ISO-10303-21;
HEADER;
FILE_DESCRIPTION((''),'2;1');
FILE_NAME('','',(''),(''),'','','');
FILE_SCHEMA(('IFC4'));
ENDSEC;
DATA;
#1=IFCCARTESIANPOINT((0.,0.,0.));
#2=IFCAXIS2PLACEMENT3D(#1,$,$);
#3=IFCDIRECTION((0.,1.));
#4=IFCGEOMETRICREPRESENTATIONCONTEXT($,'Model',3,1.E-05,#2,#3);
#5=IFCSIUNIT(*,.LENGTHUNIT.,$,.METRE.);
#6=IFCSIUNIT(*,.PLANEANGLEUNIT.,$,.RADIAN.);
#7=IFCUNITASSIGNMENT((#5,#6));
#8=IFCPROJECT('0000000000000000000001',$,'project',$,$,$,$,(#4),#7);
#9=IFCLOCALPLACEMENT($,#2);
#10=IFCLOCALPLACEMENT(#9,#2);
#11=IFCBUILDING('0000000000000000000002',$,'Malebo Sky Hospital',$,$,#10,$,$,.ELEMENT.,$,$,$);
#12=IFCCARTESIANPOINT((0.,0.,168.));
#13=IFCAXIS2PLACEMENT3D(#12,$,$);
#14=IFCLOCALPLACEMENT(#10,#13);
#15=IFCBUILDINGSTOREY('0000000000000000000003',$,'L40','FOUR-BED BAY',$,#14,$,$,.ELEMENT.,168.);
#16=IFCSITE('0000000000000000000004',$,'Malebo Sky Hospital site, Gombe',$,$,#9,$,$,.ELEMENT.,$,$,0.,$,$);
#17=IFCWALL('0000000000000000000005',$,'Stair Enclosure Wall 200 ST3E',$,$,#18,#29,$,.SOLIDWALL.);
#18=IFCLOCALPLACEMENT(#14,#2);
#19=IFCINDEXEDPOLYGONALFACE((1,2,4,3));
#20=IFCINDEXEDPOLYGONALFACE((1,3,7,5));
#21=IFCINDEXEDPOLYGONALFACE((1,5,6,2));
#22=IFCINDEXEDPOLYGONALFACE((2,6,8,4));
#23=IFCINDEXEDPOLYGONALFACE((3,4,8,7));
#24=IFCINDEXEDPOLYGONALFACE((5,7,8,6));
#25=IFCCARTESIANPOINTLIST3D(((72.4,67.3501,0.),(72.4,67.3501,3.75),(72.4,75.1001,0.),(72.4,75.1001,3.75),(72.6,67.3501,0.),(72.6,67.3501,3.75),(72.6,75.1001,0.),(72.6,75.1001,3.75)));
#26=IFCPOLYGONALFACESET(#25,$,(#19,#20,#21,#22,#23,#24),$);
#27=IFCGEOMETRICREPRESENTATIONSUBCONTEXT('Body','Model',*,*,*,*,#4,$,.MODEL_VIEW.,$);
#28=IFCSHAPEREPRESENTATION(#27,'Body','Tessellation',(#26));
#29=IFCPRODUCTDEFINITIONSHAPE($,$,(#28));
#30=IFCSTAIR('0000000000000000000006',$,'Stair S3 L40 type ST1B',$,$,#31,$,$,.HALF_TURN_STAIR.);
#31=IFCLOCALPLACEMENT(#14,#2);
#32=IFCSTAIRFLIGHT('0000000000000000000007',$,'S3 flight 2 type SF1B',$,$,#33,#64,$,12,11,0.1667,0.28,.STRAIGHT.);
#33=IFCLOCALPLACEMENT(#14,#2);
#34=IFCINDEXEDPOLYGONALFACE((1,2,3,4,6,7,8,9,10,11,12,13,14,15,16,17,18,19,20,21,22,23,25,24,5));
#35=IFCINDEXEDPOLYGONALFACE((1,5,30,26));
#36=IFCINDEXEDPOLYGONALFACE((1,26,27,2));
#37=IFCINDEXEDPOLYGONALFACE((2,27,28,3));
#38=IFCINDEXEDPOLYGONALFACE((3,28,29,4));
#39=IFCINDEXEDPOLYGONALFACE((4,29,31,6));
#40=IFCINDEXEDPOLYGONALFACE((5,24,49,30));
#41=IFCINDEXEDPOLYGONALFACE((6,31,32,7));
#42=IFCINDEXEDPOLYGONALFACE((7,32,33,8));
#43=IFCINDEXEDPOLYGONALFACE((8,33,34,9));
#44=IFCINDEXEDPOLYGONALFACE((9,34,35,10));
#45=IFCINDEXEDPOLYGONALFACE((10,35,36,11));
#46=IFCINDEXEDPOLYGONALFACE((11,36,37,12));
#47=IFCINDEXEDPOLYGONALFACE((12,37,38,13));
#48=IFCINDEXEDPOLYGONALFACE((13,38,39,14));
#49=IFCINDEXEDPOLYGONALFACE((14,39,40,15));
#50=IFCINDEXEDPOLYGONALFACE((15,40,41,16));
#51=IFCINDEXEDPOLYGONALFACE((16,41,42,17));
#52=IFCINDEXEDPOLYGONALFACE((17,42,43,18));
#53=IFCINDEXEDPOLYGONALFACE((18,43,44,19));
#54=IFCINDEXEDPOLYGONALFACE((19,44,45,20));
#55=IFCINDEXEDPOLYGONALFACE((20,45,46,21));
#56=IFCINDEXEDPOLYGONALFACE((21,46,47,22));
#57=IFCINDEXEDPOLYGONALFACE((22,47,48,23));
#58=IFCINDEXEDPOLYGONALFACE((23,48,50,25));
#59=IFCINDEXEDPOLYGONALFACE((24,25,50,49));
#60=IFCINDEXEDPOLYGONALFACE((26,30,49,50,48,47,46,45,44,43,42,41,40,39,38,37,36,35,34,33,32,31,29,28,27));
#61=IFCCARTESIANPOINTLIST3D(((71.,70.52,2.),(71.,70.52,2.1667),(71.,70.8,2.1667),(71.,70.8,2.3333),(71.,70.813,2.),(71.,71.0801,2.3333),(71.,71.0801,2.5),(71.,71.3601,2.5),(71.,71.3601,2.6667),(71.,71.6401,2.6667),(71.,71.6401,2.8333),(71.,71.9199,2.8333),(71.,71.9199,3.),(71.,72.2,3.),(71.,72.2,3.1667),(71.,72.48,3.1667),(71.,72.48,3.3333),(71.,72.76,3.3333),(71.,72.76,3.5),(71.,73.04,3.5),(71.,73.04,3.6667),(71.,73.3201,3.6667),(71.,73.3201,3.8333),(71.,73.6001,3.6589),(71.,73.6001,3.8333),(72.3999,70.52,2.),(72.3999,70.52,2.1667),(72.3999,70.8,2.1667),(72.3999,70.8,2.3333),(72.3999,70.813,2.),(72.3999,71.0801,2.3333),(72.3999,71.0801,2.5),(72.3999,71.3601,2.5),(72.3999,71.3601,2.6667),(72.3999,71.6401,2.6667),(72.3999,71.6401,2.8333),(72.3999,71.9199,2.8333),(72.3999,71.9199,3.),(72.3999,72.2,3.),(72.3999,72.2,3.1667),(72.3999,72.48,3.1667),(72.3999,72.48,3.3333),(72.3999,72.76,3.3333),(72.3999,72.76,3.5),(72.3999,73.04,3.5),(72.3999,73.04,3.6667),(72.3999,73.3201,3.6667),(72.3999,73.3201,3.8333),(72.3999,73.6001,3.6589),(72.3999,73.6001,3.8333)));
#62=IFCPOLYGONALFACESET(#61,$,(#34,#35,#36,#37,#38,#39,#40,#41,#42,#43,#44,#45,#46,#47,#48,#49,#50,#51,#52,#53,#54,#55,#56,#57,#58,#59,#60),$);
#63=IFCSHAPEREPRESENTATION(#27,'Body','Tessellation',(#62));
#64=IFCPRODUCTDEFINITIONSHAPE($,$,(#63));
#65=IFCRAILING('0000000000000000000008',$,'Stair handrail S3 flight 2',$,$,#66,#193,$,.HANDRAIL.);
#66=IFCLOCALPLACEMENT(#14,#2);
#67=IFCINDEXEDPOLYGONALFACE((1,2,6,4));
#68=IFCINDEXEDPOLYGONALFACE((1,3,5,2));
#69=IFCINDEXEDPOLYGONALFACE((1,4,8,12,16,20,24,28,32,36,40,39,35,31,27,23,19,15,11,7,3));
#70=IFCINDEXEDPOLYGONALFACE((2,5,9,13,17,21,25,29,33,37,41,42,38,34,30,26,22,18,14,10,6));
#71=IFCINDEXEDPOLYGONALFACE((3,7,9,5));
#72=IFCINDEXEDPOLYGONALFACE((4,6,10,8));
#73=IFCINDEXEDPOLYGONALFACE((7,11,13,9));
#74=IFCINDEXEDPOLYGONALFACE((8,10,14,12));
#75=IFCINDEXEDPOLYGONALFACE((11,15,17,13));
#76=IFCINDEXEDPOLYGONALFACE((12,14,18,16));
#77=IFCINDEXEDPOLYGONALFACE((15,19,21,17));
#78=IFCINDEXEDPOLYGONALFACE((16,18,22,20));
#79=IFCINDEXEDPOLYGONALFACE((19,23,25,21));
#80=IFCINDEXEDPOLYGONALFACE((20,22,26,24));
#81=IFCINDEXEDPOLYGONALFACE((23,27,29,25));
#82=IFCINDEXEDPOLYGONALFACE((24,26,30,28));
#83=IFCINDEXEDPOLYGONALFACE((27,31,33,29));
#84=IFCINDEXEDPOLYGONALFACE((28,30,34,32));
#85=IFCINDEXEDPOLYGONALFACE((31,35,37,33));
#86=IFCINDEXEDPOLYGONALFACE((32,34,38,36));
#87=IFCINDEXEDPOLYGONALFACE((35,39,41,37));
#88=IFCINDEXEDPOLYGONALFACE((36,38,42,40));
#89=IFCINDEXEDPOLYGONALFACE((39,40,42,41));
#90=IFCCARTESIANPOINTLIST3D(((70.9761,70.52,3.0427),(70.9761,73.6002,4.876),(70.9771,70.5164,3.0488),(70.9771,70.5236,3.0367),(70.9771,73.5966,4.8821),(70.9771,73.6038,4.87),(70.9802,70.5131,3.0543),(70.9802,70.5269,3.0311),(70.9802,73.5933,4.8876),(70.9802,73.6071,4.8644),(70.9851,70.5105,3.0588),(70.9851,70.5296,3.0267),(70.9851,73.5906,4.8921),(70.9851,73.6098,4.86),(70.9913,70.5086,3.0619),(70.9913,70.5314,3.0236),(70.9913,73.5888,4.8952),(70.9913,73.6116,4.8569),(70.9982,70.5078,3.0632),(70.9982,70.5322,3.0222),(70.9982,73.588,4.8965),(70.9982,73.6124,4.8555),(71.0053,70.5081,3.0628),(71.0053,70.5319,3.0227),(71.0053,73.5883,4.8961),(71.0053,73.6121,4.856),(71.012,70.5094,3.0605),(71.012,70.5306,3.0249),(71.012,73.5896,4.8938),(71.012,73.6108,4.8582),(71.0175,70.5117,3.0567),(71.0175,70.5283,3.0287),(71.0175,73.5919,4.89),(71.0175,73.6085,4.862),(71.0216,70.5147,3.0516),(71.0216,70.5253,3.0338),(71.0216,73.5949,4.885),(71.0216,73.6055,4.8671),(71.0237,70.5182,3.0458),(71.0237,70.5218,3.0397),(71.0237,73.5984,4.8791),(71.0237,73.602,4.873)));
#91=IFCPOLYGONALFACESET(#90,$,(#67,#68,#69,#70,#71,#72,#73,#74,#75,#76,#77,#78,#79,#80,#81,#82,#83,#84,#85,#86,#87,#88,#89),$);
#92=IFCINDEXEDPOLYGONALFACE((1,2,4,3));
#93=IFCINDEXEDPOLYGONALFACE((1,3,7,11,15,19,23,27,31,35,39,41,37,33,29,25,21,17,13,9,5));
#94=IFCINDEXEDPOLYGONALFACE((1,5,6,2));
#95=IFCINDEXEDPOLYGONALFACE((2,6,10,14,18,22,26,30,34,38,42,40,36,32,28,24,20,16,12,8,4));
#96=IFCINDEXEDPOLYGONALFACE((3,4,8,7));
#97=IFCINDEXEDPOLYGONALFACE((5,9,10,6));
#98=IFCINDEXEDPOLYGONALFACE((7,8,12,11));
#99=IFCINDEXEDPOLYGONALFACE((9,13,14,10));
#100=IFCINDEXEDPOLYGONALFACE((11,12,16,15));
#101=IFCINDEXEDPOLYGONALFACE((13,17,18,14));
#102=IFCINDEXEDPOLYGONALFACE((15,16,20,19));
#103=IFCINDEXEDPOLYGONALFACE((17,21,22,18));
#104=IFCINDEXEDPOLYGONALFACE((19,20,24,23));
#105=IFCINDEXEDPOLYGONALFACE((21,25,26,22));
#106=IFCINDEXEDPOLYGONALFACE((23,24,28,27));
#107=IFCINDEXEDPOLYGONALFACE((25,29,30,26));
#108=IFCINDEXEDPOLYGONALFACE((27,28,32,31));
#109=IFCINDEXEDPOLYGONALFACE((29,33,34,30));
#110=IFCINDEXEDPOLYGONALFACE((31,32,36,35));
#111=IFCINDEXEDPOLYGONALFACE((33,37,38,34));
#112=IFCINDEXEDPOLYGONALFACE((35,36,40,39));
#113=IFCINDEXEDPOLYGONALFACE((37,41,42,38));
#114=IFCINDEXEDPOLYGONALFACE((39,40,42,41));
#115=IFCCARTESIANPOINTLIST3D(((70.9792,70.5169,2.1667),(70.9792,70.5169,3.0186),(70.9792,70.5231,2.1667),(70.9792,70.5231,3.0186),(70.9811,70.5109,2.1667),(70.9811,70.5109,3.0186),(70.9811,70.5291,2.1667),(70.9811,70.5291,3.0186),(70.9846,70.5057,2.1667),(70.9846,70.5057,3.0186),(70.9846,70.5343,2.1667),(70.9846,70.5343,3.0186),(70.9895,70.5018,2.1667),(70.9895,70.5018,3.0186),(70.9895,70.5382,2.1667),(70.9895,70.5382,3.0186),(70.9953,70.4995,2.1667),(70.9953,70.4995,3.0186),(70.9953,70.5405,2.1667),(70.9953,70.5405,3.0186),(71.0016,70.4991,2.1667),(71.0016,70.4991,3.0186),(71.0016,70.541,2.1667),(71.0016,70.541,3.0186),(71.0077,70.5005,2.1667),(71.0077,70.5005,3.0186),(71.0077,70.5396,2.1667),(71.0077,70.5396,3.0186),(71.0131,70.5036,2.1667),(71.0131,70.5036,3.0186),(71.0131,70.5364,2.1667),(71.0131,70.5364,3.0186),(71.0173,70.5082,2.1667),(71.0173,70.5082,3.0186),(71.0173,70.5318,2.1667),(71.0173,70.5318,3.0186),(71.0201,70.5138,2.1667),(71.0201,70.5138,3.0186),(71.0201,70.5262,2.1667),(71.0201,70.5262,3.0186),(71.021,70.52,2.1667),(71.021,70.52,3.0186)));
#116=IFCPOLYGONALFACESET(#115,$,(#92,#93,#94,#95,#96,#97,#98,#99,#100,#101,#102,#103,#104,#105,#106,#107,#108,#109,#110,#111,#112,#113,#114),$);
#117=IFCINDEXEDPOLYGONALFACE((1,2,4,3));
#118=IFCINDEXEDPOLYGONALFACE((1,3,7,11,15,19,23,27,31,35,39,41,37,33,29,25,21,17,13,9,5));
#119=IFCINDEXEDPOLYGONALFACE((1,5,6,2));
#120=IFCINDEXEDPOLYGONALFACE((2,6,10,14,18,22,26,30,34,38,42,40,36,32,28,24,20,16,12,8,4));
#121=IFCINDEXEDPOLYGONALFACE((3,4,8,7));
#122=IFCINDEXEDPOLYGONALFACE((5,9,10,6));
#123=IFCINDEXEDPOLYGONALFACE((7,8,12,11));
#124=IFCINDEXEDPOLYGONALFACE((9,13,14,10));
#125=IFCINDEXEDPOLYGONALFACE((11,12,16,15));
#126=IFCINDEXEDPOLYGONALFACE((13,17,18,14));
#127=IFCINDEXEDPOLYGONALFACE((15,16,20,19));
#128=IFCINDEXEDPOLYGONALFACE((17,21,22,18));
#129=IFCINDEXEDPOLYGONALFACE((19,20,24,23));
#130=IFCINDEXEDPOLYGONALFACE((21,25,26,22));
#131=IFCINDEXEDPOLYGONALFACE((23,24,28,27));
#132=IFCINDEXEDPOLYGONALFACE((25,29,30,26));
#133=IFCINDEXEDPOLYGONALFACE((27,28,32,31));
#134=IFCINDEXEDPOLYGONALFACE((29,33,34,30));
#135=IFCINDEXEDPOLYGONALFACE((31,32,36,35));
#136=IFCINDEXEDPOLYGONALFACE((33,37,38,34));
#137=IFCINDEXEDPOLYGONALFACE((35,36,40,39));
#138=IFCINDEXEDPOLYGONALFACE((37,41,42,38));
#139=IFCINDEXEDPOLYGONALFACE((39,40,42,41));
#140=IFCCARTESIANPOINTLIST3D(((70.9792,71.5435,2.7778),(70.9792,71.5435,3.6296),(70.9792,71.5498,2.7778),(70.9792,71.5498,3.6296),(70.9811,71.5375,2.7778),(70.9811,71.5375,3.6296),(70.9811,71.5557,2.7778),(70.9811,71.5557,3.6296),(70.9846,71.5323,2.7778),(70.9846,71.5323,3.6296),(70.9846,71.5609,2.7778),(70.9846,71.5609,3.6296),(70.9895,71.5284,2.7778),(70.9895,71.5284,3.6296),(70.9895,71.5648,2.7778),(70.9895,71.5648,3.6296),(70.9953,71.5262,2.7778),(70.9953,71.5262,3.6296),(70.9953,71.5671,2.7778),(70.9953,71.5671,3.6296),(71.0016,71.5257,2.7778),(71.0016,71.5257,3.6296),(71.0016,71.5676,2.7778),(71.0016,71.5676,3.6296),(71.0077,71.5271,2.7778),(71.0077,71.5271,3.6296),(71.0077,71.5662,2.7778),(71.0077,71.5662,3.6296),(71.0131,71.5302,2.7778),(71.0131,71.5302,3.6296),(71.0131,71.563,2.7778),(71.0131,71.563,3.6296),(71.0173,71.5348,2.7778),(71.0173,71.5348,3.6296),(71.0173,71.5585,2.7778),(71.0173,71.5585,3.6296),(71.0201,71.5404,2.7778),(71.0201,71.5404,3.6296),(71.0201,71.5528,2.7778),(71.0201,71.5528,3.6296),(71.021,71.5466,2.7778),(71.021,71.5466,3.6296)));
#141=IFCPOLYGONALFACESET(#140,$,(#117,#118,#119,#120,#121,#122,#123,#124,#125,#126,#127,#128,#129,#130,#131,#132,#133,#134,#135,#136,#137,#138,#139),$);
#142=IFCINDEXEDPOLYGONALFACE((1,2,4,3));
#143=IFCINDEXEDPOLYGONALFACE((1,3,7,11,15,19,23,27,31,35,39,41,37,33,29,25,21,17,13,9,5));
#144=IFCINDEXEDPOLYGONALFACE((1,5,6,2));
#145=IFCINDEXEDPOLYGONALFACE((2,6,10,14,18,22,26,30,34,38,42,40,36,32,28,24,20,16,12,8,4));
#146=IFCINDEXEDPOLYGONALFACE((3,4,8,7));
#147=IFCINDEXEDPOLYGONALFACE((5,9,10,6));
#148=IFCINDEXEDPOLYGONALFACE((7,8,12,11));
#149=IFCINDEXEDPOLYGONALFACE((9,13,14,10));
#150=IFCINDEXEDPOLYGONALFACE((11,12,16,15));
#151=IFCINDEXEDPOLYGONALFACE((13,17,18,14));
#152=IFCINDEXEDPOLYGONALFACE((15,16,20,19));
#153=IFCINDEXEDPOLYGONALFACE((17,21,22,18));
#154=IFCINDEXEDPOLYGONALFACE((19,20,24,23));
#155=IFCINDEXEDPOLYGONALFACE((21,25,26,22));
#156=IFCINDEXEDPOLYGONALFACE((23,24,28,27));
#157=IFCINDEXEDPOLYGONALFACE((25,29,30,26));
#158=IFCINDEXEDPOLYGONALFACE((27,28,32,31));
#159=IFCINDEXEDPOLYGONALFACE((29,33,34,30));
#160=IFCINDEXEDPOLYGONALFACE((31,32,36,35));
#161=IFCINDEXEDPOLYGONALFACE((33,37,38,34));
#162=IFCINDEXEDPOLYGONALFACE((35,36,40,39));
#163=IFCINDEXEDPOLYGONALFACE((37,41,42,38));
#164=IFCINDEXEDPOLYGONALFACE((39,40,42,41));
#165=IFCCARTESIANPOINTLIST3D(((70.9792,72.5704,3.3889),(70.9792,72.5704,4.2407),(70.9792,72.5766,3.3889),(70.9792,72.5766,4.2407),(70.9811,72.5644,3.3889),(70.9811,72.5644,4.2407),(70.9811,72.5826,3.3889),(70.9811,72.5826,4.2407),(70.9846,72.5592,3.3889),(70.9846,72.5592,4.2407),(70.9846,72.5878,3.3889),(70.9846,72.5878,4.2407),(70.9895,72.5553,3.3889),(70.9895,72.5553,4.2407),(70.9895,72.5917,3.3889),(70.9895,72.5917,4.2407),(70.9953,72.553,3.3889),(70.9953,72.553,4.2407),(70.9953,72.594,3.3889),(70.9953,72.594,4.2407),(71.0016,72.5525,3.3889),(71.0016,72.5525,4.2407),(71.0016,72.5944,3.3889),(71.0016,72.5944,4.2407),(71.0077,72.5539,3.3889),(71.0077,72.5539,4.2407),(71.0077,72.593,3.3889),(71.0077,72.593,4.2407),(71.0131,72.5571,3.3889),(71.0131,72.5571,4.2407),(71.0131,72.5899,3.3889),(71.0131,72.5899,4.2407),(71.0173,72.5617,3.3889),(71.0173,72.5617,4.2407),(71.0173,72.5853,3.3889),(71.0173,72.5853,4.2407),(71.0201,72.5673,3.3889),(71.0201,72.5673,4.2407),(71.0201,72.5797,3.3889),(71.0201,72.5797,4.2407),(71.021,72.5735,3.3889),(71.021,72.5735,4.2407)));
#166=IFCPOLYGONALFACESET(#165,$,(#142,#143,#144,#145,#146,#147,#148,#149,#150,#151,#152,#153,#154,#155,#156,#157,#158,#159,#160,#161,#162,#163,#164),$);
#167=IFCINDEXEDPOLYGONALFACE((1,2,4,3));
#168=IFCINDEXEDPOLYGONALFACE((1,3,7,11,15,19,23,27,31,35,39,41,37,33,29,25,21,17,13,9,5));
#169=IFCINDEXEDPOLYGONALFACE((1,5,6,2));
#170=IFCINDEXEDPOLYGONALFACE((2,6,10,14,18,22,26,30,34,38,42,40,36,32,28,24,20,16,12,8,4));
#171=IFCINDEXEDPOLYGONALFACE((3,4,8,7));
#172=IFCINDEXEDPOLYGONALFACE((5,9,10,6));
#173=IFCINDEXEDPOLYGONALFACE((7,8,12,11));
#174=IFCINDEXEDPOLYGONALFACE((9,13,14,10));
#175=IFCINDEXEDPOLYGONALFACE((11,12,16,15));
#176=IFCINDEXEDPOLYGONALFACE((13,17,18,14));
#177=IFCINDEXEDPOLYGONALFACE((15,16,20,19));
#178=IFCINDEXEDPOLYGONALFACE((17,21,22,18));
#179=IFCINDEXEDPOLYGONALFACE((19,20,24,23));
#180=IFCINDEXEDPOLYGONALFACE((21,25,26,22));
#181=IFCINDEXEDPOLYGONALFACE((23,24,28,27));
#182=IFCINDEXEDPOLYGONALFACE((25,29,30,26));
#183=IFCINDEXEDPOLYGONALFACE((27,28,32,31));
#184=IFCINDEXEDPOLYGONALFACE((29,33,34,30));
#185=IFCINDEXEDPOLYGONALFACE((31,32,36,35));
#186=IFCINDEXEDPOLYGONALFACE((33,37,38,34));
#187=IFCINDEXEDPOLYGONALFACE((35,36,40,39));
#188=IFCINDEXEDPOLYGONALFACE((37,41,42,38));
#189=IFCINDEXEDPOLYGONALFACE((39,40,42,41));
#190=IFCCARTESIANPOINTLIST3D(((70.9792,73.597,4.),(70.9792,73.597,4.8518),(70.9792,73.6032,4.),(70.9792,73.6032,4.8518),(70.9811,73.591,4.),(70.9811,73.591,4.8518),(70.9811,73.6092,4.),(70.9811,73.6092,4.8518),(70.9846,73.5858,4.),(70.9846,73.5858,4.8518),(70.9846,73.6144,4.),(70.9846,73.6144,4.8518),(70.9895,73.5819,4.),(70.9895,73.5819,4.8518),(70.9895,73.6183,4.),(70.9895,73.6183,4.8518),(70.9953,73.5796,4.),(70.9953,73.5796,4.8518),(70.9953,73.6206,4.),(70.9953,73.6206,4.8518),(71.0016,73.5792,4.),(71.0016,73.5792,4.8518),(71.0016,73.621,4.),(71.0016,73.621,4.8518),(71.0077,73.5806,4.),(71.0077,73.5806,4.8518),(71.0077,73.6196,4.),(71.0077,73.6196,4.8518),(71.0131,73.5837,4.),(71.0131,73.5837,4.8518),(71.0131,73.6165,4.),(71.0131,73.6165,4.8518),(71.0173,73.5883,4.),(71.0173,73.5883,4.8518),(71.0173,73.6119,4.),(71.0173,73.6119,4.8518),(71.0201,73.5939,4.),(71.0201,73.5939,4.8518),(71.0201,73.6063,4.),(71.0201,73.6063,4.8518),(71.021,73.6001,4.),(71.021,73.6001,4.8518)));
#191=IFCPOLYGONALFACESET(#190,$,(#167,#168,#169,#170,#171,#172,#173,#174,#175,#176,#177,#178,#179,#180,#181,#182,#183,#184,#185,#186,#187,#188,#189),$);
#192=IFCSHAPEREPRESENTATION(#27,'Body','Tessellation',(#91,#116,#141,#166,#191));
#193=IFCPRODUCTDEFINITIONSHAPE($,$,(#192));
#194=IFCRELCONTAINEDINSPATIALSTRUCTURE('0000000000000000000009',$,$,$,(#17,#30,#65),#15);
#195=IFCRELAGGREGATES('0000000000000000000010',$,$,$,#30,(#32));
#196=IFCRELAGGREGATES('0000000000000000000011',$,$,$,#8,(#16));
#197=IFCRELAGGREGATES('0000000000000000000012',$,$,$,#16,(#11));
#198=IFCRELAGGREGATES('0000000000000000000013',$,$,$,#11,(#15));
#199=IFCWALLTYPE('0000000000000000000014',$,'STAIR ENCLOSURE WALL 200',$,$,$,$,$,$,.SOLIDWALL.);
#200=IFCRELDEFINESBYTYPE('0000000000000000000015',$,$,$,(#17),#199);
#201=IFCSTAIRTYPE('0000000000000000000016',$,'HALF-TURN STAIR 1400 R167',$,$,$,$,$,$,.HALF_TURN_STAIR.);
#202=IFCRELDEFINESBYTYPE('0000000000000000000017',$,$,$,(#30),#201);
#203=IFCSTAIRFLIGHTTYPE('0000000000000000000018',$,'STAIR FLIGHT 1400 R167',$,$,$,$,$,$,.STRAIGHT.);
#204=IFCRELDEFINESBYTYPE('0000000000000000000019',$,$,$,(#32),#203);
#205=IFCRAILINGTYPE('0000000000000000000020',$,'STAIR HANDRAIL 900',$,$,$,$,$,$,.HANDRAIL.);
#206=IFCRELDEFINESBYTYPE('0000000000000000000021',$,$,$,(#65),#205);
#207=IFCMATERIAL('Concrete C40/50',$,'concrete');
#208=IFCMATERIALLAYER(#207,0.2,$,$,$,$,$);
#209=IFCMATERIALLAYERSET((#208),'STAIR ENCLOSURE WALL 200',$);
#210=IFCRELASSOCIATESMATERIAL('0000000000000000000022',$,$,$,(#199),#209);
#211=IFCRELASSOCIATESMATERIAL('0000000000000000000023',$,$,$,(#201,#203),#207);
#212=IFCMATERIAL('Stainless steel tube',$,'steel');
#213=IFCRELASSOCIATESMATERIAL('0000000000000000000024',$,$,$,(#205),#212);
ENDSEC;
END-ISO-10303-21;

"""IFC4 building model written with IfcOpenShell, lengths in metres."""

from ifc_helpers import new_model, si_unit, direction, frame, frame_2d, origin, origin_2d, place, context, subcontext, project, spatial, polyline, rectangle, circle, outline, extrude, material, layer, layer_set, type_object, element, aggregate, save


model = new_model("IFC4")

# Units and contexts
model_context = context("Model", 3, precision=1e-05, world=origin(), true_north=direction((0.0, 1.0)))
body_context = subcontext(model_context, "Body", "Model", "MODEL_VIEW")
ifc_project = project(units=[si_unit("LENGTHUNIT", "METRE"), si_unit("PLANEANGLEUNIT", "RADIAN")], contexts=[model_context])

# Site, building, storey
site_placement = place(None, origin())
site = spatial("IfcSite", under=ifc_project, at=site_placement, Name="Malebo Sky Hospital site, Gombe", CompositionType="ELEMENT", RefElevation=0.0)
building_placement = place(site_placement, origin())
building = spatial("IfcBuilding", under=site, at=building_placement, Name="Malebo Sky Hospital", CompositionType="ELEMENT")
storey_placement = place(building_placement, frame((0.0, 0.0, 168.0)))
storey = spatial("IfcBuildingStorey", under=building, at=storey_placement, Name="L40", Description="FOUR-BED BAY", CompositionType="ELEMENT", Elevation=168.0)

# Wall
ifc_material_1 = material(Name="Concrete C40/50", Category="concrete")
ifc_layer_1 = layer(ifc_material_1, 0.2)
ifc_layer_set_1 = layer_set([ifc_layer_1], Name="STAIR ENCLOSURE WALL 200")
wall_type_1 = type_object("IfcWallType", Name="STAIR ENCLOSURE WALL 200", PredefinedType="SOLIDWALL", material=ifc_layer_set_1)
wall_1_placement = place(storey_placement, frame((72.5, 67.3501, 0.0), z_axis=(0.0, 0.0, 1.0), x_axis=(0.0, 1.0, 0.0)))
element("IfcWall", 1, at=wall_1_placement, inside=storey, type_object=wall_type_1, Name="Stair Enclosure Wall 200 ST3E", PredefinedType="SOLIDWALL", context=body_context, shape_type="SweptSolid", body=[
    extrude(rectangle(XDim=7.75, YDim=0.2, at=frame_2d((3.875, 0.0))), origin(), (0.0, 0.0, 1.0), 3.75),
])

# Stair, stair flight
stair_type = type_object("IfcStairType", Name="HALF-TURN STAIR 1400 R167", PredefinedType="HALF_TURN_STAIR", material=ifc_material_1)
stair_placement = place(storey_placement, origin())
stair = element("IfcStair", 2, at=stair_placement, inside=storey, type_object=stair_type, Name="Stair S3 L40 type ST1B", PredefinedType="HALF_TURN_STAIR")
stair_flight_type = type_object("IfcStairFlightType", Name="STAIR FLIGHT 1400 R167", PredefinedType="STRAIGHT", material=ifc_material_1)
stair_flight_placement = place(storey_placement, frame((71.7, 70.52, 2.0), z_axis=(0.0, 0.0, 1.0), x_axis=(0.0, 1.0, 0.0)))
stair_flight = element("IfcStairFlight", 3, at=stair_flight_placement, type_object=stair_flight_type, Name="S3 flight 2 type SF1B", NumberOfRisers=12, NumberOfTreads=11, PredefinedType="STRAIGHT", RiserHeight=0.1667, TreadLength=0.28, context=body_context, shape_type="SweptSolid", body=[
    extrude(outline(polyline([(0.0, 0.0), (0.0, 0.1667), (0.28, 0.1667), (0.28, 0.3333), (0.5601, 0.3333), (0.5601, 0.5), (0.8401, 0.5), (0.8401, 0.6667), (1.1201, 0.6667), (1.1201, 0.8333), (1.3999, 0.8333), (1.3999, 1.0), (1.6799, 1.0), (1.6799, 1.1667), (1.96, 1.1667), (1.96, 1.3333), (2.24, 1.3333), (2.24, 1.5), (2.52, 1.5), (2.52, 1.6667), (2.8, 1.6667), (2.8, 1.8333), (3.0801, 1.8333), (3.0801, 2.0), (3.0801, 1.6589), (0.293, 0.0), (0.0, 0.0)])), frame((0.0, 0.7, 0.0), z_axis=(0.0, -1.0, 0.0), x_axis=(1.0, 0.0, 0.0)), (0.0, 0.0, 1.0), 1.3999),
])
aggregate(stair, [stair_flight])

# Railing
ifc_material_2 = material(Name="Stainless steel tube", Category="steel")
railing_type = type_object("IfcRailingType", Name="STAIR HANDRAIL 900", PredefinedType="HANDRAIL", material=ifc_material_2)
railing_placement = place(storey_placement, frame((71.0, 70.52, 2.1667)))
element("IfcRailing", 4, at=railing_placement, inside=storey, type_object=railing_type, Name="Stair handrail S3 flight 2", PredefinedType="HANDRAIL", context=body_context, shape_type="SweptSolid", body=[
    extrude(circle(Radius=0.0239, at=origin_2d()), frame((0.0, 0.0, 0.876), z_axis=(0.0, 0.859309, 0.511458), x_axis=(-1.0, 0.0, 0.0)), (0.0, 0.0, 1.0), 3.5845),
    extrude(circle(Radius=0.021, at=origin_2d()), origin(), (0.0, 0.0, 1.0), 0.8518),
    extrude(circle(Radius=0.021, at=origin_2d()), frame((0.0, 1.0266, 0.6111)), (0.0, 0.0, 1.0), 0.8518),
    extrude(circle(Radius=0.021, at=origin_2d()), frame((0.0, 2.0535, 1.2222)), (0.0, 0.0, 1.0), 0.8518),
    extrude(circle(Radius=0.021, at=origin_2d()), frame((0.0, 3.0801, 1.8333)), (0.0, 0.0, 1.0), 0.8518),
])

save(model, "model.ifc")
